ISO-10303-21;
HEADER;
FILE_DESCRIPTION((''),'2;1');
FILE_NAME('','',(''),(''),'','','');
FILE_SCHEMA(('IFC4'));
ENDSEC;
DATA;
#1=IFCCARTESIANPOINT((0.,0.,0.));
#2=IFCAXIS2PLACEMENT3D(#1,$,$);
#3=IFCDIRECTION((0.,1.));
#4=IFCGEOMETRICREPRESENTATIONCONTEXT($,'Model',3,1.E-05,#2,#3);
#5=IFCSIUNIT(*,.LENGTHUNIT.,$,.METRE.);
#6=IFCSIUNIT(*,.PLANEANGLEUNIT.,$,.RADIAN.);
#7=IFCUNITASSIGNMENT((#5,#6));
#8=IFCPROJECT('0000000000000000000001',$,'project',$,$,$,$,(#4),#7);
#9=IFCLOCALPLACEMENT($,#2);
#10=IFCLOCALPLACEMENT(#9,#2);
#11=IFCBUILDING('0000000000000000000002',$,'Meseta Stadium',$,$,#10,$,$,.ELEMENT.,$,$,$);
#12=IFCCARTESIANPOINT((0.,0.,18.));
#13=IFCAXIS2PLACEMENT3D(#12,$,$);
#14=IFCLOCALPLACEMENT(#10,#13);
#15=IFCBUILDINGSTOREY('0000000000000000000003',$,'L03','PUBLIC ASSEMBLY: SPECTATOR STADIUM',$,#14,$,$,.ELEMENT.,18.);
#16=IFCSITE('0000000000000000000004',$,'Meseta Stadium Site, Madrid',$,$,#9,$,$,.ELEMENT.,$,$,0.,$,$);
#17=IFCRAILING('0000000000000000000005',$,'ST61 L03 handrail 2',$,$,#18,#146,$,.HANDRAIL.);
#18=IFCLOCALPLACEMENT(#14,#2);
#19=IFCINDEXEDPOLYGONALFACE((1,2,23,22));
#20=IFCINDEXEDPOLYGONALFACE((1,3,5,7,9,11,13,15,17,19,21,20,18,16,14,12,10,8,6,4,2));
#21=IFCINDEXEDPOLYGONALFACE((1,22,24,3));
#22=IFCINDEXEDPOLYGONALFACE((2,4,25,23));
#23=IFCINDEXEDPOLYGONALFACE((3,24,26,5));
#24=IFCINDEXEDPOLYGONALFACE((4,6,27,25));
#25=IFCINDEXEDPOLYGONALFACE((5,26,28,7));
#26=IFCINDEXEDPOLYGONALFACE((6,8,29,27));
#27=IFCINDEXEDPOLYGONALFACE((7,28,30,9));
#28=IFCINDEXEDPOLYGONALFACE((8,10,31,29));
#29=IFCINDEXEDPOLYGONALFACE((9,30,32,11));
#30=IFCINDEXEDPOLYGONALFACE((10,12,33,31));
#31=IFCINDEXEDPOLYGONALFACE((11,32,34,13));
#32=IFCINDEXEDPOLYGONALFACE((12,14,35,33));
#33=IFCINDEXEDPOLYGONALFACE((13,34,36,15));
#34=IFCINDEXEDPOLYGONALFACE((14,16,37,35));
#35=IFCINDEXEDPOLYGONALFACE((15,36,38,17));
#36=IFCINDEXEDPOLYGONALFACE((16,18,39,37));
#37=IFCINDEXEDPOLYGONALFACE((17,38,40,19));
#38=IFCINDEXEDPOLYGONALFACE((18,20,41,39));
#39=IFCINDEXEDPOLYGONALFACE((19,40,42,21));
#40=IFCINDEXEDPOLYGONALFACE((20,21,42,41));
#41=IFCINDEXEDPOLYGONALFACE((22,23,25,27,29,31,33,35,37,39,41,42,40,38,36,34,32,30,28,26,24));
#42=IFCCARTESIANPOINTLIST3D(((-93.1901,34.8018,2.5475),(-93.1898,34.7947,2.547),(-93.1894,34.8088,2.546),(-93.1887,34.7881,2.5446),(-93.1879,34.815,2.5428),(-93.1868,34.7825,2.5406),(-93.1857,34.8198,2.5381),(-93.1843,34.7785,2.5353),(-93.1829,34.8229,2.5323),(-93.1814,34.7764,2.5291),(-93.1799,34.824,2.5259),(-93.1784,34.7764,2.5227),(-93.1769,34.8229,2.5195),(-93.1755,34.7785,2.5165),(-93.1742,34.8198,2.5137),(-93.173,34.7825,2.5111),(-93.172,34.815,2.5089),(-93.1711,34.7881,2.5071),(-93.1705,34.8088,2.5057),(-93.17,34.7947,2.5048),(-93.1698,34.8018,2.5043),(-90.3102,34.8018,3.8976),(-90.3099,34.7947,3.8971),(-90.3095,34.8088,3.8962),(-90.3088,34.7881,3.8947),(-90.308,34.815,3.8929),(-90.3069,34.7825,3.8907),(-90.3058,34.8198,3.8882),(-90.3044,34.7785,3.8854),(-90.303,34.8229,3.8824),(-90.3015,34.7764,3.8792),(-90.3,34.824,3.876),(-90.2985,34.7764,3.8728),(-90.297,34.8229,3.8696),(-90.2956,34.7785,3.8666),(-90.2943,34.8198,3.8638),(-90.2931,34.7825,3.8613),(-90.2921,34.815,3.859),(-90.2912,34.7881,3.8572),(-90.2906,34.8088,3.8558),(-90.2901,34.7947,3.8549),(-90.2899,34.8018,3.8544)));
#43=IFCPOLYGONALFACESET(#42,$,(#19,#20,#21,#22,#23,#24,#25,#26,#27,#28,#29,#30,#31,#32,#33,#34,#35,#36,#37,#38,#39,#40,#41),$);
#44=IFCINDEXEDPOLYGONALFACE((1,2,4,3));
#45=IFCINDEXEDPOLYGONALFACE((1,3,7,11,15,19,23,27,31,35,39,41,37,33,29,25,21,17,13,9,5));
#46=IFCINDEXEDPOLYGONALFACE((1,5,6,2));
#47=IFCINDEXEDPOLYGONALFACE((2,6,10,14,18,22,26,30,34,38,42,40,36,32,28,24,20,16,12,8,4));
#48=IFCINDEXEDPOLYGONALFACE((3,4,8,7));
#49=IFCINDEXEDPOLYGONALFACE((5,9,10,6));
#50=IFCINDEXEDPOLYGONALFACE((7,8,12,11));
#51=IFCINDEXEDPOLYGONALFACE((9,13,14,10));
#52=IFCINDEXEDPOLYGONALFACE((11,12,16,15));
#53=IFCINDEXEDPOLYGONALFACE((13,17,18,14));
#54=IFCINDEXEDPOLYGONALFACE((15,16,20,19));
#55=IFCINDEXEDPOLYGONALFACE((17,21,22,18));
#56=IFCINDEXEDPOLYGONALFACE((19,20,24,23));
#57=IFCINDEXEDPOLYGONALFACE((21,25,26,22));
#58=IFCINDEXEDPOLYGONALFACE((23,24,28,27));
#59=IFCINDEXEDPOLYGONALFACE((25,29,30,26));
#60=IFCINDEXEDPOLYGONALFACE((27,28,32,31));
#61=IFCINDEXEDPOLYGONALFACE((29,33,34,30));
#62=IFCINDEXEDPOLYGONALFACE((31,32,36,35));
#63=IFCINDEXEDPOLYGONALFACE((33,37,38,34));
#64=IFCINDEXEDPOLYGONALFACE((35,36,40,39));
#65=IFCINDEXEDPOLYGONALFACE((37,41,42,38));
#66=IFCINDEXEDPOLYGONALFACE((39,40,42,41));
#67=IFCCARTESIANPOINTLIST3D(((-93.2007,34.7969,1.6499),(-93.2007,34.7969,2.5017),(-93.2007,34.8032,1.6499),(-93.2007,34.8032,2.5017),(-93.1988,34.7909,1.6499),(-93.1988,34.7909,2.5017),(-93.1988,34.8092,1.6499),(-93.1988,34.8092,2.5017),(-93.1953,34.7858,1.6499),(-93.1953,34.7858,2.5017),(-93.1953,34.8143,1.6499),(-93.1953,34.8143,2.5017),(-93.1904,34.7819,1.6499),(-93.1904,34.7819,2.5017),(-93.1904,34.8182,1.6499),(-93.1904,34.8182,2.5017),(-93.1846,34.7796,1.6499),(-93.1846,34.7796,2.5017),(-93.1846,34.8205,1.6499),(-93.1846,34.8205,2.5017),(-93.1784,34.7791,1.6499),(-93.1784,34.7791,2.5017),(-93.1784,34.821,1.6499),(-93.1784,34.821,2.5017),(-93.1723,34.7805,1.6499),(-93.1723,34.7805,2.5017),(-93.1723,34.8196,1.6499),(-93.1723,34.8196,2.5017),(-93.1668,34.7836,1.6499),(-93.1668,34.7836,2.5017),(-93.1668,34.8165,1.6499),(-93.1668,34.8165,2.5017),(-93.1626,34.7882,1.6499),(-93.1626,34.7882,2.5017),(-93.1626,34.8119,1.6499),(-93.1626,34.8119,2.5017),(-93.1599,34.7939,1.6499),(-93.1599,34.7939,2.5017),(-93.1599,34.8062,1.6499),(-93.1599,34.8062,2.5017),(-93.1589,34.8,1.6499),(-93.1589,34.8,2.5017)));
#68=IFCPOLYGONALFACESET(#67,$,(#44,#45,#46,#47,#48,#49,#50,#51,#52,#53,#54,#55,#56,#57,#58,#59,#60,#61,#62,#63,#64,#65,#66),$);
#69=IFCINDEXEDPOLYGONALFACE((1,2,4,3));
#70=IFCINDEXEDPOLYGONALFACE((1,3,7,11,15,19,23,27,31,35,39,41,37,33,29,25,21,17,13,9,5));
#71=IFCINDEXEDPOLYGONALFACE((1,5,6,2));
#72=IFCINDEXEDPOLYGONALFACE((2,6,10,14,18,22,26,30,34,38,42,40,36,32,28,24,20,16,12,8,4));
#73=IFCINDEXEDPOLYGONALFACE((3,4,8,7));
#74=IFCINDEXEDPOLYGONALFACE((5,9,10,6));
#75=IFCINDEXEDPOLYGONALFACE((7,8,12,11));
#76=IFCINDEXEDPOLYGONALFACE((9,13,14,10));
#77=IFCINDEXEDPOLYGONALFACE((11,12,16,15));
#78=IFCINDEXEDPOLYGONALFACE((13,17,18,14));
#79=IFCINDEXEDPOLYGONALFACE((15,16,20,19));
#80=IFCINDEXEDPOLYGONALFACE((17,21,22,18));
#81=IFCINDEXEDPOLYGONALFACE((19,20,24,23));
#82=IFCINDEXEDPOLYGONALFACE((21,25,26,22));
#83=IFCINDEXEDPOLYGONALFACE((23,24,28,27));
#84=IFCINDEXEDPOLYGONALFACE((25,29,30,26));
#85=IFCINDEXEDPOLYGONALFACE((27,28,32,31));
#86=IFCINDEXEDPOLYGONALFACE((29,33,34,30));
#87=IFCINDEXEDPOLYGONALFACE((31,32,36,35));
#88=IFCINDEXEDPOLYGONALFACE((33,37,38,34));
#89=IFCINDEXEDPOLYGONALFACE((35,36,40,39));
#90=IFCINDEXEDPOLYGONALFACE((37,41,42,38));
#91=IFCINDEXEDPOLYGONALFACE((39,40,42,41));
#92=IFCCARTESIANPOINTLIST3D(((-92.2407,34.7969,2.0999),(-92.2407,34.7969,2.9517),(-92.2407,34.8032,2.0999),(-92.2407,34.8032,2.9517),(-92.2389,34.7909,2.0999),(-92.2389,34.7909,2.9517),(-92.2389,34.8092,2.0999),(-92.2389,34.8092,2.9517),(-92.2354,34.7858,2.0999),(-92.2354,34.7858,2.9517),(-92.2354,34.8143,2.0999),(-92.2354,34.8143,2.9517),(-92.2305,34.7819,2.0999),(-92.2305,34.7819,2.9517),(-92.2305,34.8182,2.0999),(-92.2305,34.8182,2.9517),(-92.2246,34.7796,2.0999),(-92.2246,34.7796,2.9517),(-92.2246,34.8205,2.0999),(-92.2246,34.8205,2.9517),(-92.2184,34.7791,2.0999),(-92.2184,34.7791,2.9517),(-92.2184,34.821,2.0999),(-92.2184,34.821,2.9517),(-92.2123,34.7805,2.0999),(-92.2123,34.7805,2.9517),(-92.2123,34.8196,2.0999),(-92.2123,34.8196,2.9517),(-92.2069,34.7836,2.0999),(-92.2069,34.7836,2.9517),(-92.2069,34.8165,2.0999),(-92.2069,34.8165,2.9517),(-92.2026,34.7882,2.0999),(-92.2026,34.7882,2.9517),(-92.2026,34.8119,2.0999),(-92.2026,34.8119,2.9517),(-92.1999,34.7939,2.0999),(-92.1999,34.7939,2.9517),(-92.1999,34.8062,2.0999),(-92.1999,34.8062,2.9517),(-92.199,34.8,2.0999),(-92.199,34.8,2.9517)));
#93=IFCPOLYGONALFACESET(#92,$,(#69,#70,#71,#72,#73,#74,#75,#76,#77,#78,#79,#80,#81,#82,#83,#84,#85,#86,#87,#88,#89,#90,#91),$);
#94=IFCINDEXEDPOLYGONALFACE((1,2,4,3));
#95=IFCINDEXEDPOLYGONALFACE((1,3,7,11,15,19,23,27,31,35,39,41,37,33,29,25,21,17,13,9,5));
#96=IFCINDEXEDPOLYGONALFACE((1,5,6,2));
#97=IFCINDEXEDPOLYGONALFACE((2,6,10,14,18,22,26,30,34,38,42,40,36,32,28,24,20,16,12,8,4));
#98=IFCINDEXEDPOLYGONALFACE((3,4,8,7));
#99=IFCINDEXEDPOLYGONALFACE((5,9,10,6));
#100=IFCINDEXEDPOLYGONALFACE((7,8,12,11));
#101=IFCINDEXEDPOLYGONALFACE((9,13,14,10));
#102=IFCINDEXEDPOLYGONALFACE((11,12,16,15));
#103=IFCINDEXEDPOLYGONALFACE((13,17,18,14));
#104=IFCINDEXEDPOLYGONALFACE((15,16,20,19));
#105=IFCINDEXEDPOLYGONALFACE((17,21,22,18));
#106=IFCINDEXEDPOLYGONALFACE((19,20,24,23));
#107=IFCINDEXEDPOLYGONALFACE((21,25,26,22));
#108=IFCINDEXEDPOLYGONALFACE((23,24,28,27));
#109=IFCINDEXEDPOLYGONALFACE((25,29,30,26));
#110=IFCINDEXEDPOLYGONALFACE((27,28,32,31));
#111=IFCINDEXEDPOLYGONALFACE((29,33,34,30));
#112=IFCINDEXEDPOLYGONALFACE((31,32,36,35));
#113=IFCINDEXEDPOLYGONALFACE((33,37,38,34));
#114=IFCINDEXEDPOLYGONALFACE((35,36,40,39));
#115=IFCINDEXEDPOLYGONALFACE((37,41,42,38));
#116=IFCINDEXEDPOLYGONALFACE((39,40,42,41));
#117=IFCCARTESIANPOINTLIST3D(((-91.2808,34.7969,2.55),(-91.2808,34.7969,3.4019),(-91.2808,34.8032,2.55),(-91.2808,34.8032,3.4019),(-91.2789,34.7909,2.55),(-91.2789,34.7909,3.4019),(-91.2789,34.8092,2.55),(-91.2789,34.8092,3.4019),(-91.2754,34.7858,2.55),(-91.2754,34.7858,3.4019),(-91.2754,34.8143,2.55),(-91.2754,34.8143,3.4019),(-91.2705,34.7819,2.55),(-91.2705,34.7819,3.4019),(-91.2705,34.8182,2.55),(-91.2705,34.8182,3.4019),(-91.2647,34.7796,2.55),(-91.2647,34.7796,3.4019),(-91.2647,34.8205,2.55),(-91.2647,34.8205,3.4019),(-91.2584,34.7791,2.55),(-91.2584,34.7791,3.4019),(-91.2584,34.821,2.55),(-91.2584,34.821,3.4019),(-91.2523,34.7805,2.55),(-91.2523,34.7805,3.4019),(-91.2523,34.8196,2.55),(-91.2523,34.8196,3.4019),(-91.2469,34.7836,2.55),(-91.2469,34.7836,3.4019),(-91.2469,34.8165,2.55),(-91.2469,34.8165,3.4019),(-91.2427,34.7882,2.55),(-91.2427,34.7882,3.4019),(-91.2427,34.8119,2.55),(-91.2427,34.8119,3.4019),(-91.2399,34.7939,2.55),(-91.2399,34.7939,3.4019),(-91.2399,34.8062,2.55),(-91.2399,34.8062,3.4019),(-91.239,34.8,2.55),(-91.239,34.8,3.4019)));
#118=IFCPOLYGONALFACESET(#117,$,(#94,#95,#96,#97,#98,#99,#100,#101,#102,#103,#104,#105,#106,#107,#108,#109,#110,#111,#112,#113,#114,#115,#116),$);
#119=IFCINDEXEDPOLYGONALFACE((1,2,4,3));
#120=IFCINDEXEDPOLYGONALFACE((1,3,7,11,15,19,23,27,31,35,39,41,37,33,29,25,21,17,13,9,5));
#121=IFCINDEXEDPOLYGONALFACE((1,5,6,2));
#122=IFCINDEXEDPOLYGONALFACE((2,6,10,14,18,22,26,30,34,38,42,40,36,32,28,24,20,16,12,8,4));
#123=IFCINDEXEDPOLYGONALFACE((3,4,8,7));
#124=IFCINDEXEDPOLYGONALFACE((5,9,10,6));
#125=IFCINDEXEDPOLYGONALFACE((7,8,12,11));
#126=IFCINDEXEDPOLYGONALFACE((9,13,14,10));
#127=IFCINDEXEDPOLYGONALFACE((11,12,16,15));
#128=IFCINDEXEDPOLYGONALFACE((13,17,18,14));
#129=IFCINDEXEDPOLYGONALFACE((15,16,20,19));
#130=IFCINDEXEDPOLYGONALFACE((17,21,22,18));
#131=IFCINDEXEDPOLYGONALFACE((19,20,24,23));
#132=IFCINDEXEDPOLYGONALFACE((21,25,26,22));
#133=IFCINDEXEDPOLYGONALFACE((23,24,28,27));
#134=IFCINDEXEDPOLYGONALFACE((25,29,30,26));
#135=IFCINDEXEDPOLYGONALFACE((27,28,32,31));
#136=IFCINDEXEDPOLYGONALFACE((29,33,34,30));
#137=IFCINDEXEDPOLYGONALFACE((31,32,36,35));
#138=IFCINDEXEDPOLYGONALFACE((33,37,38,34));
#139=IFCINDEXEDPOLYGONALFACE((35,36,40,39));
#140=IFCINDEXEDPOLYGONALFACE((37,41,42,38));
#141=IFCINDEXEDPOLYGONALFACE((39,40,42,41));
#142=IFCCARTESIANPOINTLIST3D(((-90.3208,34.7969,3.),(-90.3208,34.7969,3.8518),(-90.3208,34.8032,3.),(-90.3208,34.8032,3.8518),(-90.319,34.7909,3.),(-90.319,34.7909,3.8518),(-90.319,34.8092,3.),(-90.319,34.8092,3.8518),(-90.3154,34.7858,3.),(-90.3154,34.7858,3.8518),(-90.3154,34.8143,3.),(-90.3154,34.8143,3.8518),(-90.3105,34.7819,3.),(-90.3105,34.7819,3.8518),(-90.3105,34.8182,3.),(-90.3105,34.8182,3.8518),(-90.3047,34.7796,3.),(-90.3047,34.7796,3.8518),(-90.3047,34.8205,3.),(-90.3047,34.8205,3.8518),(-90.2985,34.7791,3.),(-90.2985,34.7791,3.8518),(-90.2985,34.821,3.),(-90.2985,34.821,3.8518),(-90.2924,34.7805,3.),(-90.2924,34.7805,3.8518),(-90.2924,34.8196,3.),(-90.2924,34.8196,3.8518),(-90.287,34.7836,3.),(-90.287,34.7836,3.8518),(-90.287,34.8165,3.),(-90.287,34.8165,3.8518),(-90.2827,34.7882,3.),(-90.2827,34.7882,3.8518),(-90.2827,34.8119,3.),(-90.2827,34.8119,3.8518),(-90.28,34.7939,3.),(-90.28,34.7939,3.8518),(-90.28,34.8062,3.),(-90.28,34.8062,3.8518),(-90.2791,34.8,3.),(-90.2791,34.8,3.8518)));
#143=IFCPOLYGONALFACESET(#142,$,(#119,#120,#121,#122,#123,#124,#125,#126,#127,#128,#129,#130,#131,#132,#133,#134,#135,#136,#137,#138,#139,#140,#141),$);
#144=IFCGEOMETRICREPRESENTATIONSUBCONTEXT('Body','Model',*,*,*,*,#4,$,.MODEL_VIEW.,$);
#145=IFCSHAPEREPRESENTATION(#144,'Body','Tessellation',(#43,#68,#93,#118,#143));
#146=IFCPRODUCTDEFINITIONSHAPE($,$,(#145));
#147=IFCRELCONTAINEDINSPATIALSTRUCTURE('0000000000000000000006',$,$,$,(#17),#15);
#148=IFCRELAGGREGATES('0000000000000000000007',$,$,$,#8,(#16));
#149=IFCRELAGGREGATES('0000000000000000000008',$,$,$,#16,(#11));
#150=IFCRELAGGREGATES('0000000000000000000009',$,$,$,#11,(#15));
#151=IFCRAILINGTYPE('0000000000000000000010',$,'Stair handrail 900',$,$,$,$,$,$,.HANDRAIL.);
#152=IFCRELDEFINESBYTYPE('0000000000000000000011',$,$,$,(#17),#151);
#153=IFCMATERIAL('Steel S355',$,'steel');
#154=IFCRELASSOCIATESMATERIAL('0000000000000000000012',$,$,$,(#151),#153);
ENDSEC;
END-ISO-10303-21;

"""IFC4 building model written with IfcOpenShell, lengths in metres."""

from ifc_helpers import new_model, si_unit, direction, frame, origin, origin_2d, place, context, subcontext, project, spatial, circle, extrude, material, type_object, element, save


model = new_model("IFC4")

# Units and contexts
model_context = context("Model", 3, precision=1e-05, world=origin(), true_north=direction((0.0, 1.0)))
body_context = subcontext(model_context, "Body", "Model", "MODEL_VIEW")
ifc_project = project(units=[si_unit("LENGTHUNIT", "METRE"), si_unit("PLANEANGLEUNIT", "RADIAN")], contexts=[model_context])

# Site, building, storey
site_placement = place(None, origin())
site = spatial("IfcSite", under=ifc_project, at=site_placement, Name="Meseta Stadium Site, Madrid", CompositionType="ELEMENT", RefElevation=0.0)
building_placement = place(site_placement, origin())
building = spatial("IfcBuilding", under=site, at=building_placement, Name="Meseta Stadium", CompositionType="ELEMENT")
storey_placement = place(building_placement, frame((0.0, 0.0, 18.0)))
storey = spatial("IfcBuildingStorey", under=building, at=storey_placement, Name="L03", Description="PUBLIC ASSEMBLY: SPECTATOR STADIUM", CompositionType="ELEMENT", Elevation=18.0)

# Railing
ifc_material_1 = material(Name="Steel S355", Category="steel")
railing_type_1 = type_object("IfcRailingType", Name="Stair handrail 900", PredefinedType="HANDRAIL", material=ifc_material_1)
for number, where, name in (
    (1, (-93.1799, 34.8, 1.6499), "ST61 L03 handrail 2"),
):
    element("IfcRailing", number, at=place(storey_placement, frame(where)), inside=storey, type_object=railing_type_1, Name=name, PredefinedType="HANDRAIL", context=body_context, shape_type="SweptSolid", body=[
        extrude(circle(Radius=0.0239, at=origin_2d()), frame((0.0, 0.0, 0.876), z_axis=(0.90544, 0.0, 0.424473), x_axis=(0.0, 1.0, 0.0)), (0.0, 0.0, 1.0), 3.1807),
        extrude(circle(Radius=0.021, at=origin_2d()), origin(), (0.0, 0.0, 1.0), 0.8518),
        extrude(circle(Radius=0.021, at=origin_2d()), frame((0.96, 0.0, 0.45)), (0.0, 0.0, 1.0), 0.8518),
        extrude(circle(Radius=0.021, at=origin_2d()), frame((1.9199, 0.0, 0.9001)), (0.0, 0.0, 1.0), 0.8518),
        extrude(circle(Radius=0.021, at=origin_2d()), frame((2.8799, 0.0, 1.3501)), (0.0, 0.0, 1.0), 0.8518),
    ])

save(model, "model.ifc")
